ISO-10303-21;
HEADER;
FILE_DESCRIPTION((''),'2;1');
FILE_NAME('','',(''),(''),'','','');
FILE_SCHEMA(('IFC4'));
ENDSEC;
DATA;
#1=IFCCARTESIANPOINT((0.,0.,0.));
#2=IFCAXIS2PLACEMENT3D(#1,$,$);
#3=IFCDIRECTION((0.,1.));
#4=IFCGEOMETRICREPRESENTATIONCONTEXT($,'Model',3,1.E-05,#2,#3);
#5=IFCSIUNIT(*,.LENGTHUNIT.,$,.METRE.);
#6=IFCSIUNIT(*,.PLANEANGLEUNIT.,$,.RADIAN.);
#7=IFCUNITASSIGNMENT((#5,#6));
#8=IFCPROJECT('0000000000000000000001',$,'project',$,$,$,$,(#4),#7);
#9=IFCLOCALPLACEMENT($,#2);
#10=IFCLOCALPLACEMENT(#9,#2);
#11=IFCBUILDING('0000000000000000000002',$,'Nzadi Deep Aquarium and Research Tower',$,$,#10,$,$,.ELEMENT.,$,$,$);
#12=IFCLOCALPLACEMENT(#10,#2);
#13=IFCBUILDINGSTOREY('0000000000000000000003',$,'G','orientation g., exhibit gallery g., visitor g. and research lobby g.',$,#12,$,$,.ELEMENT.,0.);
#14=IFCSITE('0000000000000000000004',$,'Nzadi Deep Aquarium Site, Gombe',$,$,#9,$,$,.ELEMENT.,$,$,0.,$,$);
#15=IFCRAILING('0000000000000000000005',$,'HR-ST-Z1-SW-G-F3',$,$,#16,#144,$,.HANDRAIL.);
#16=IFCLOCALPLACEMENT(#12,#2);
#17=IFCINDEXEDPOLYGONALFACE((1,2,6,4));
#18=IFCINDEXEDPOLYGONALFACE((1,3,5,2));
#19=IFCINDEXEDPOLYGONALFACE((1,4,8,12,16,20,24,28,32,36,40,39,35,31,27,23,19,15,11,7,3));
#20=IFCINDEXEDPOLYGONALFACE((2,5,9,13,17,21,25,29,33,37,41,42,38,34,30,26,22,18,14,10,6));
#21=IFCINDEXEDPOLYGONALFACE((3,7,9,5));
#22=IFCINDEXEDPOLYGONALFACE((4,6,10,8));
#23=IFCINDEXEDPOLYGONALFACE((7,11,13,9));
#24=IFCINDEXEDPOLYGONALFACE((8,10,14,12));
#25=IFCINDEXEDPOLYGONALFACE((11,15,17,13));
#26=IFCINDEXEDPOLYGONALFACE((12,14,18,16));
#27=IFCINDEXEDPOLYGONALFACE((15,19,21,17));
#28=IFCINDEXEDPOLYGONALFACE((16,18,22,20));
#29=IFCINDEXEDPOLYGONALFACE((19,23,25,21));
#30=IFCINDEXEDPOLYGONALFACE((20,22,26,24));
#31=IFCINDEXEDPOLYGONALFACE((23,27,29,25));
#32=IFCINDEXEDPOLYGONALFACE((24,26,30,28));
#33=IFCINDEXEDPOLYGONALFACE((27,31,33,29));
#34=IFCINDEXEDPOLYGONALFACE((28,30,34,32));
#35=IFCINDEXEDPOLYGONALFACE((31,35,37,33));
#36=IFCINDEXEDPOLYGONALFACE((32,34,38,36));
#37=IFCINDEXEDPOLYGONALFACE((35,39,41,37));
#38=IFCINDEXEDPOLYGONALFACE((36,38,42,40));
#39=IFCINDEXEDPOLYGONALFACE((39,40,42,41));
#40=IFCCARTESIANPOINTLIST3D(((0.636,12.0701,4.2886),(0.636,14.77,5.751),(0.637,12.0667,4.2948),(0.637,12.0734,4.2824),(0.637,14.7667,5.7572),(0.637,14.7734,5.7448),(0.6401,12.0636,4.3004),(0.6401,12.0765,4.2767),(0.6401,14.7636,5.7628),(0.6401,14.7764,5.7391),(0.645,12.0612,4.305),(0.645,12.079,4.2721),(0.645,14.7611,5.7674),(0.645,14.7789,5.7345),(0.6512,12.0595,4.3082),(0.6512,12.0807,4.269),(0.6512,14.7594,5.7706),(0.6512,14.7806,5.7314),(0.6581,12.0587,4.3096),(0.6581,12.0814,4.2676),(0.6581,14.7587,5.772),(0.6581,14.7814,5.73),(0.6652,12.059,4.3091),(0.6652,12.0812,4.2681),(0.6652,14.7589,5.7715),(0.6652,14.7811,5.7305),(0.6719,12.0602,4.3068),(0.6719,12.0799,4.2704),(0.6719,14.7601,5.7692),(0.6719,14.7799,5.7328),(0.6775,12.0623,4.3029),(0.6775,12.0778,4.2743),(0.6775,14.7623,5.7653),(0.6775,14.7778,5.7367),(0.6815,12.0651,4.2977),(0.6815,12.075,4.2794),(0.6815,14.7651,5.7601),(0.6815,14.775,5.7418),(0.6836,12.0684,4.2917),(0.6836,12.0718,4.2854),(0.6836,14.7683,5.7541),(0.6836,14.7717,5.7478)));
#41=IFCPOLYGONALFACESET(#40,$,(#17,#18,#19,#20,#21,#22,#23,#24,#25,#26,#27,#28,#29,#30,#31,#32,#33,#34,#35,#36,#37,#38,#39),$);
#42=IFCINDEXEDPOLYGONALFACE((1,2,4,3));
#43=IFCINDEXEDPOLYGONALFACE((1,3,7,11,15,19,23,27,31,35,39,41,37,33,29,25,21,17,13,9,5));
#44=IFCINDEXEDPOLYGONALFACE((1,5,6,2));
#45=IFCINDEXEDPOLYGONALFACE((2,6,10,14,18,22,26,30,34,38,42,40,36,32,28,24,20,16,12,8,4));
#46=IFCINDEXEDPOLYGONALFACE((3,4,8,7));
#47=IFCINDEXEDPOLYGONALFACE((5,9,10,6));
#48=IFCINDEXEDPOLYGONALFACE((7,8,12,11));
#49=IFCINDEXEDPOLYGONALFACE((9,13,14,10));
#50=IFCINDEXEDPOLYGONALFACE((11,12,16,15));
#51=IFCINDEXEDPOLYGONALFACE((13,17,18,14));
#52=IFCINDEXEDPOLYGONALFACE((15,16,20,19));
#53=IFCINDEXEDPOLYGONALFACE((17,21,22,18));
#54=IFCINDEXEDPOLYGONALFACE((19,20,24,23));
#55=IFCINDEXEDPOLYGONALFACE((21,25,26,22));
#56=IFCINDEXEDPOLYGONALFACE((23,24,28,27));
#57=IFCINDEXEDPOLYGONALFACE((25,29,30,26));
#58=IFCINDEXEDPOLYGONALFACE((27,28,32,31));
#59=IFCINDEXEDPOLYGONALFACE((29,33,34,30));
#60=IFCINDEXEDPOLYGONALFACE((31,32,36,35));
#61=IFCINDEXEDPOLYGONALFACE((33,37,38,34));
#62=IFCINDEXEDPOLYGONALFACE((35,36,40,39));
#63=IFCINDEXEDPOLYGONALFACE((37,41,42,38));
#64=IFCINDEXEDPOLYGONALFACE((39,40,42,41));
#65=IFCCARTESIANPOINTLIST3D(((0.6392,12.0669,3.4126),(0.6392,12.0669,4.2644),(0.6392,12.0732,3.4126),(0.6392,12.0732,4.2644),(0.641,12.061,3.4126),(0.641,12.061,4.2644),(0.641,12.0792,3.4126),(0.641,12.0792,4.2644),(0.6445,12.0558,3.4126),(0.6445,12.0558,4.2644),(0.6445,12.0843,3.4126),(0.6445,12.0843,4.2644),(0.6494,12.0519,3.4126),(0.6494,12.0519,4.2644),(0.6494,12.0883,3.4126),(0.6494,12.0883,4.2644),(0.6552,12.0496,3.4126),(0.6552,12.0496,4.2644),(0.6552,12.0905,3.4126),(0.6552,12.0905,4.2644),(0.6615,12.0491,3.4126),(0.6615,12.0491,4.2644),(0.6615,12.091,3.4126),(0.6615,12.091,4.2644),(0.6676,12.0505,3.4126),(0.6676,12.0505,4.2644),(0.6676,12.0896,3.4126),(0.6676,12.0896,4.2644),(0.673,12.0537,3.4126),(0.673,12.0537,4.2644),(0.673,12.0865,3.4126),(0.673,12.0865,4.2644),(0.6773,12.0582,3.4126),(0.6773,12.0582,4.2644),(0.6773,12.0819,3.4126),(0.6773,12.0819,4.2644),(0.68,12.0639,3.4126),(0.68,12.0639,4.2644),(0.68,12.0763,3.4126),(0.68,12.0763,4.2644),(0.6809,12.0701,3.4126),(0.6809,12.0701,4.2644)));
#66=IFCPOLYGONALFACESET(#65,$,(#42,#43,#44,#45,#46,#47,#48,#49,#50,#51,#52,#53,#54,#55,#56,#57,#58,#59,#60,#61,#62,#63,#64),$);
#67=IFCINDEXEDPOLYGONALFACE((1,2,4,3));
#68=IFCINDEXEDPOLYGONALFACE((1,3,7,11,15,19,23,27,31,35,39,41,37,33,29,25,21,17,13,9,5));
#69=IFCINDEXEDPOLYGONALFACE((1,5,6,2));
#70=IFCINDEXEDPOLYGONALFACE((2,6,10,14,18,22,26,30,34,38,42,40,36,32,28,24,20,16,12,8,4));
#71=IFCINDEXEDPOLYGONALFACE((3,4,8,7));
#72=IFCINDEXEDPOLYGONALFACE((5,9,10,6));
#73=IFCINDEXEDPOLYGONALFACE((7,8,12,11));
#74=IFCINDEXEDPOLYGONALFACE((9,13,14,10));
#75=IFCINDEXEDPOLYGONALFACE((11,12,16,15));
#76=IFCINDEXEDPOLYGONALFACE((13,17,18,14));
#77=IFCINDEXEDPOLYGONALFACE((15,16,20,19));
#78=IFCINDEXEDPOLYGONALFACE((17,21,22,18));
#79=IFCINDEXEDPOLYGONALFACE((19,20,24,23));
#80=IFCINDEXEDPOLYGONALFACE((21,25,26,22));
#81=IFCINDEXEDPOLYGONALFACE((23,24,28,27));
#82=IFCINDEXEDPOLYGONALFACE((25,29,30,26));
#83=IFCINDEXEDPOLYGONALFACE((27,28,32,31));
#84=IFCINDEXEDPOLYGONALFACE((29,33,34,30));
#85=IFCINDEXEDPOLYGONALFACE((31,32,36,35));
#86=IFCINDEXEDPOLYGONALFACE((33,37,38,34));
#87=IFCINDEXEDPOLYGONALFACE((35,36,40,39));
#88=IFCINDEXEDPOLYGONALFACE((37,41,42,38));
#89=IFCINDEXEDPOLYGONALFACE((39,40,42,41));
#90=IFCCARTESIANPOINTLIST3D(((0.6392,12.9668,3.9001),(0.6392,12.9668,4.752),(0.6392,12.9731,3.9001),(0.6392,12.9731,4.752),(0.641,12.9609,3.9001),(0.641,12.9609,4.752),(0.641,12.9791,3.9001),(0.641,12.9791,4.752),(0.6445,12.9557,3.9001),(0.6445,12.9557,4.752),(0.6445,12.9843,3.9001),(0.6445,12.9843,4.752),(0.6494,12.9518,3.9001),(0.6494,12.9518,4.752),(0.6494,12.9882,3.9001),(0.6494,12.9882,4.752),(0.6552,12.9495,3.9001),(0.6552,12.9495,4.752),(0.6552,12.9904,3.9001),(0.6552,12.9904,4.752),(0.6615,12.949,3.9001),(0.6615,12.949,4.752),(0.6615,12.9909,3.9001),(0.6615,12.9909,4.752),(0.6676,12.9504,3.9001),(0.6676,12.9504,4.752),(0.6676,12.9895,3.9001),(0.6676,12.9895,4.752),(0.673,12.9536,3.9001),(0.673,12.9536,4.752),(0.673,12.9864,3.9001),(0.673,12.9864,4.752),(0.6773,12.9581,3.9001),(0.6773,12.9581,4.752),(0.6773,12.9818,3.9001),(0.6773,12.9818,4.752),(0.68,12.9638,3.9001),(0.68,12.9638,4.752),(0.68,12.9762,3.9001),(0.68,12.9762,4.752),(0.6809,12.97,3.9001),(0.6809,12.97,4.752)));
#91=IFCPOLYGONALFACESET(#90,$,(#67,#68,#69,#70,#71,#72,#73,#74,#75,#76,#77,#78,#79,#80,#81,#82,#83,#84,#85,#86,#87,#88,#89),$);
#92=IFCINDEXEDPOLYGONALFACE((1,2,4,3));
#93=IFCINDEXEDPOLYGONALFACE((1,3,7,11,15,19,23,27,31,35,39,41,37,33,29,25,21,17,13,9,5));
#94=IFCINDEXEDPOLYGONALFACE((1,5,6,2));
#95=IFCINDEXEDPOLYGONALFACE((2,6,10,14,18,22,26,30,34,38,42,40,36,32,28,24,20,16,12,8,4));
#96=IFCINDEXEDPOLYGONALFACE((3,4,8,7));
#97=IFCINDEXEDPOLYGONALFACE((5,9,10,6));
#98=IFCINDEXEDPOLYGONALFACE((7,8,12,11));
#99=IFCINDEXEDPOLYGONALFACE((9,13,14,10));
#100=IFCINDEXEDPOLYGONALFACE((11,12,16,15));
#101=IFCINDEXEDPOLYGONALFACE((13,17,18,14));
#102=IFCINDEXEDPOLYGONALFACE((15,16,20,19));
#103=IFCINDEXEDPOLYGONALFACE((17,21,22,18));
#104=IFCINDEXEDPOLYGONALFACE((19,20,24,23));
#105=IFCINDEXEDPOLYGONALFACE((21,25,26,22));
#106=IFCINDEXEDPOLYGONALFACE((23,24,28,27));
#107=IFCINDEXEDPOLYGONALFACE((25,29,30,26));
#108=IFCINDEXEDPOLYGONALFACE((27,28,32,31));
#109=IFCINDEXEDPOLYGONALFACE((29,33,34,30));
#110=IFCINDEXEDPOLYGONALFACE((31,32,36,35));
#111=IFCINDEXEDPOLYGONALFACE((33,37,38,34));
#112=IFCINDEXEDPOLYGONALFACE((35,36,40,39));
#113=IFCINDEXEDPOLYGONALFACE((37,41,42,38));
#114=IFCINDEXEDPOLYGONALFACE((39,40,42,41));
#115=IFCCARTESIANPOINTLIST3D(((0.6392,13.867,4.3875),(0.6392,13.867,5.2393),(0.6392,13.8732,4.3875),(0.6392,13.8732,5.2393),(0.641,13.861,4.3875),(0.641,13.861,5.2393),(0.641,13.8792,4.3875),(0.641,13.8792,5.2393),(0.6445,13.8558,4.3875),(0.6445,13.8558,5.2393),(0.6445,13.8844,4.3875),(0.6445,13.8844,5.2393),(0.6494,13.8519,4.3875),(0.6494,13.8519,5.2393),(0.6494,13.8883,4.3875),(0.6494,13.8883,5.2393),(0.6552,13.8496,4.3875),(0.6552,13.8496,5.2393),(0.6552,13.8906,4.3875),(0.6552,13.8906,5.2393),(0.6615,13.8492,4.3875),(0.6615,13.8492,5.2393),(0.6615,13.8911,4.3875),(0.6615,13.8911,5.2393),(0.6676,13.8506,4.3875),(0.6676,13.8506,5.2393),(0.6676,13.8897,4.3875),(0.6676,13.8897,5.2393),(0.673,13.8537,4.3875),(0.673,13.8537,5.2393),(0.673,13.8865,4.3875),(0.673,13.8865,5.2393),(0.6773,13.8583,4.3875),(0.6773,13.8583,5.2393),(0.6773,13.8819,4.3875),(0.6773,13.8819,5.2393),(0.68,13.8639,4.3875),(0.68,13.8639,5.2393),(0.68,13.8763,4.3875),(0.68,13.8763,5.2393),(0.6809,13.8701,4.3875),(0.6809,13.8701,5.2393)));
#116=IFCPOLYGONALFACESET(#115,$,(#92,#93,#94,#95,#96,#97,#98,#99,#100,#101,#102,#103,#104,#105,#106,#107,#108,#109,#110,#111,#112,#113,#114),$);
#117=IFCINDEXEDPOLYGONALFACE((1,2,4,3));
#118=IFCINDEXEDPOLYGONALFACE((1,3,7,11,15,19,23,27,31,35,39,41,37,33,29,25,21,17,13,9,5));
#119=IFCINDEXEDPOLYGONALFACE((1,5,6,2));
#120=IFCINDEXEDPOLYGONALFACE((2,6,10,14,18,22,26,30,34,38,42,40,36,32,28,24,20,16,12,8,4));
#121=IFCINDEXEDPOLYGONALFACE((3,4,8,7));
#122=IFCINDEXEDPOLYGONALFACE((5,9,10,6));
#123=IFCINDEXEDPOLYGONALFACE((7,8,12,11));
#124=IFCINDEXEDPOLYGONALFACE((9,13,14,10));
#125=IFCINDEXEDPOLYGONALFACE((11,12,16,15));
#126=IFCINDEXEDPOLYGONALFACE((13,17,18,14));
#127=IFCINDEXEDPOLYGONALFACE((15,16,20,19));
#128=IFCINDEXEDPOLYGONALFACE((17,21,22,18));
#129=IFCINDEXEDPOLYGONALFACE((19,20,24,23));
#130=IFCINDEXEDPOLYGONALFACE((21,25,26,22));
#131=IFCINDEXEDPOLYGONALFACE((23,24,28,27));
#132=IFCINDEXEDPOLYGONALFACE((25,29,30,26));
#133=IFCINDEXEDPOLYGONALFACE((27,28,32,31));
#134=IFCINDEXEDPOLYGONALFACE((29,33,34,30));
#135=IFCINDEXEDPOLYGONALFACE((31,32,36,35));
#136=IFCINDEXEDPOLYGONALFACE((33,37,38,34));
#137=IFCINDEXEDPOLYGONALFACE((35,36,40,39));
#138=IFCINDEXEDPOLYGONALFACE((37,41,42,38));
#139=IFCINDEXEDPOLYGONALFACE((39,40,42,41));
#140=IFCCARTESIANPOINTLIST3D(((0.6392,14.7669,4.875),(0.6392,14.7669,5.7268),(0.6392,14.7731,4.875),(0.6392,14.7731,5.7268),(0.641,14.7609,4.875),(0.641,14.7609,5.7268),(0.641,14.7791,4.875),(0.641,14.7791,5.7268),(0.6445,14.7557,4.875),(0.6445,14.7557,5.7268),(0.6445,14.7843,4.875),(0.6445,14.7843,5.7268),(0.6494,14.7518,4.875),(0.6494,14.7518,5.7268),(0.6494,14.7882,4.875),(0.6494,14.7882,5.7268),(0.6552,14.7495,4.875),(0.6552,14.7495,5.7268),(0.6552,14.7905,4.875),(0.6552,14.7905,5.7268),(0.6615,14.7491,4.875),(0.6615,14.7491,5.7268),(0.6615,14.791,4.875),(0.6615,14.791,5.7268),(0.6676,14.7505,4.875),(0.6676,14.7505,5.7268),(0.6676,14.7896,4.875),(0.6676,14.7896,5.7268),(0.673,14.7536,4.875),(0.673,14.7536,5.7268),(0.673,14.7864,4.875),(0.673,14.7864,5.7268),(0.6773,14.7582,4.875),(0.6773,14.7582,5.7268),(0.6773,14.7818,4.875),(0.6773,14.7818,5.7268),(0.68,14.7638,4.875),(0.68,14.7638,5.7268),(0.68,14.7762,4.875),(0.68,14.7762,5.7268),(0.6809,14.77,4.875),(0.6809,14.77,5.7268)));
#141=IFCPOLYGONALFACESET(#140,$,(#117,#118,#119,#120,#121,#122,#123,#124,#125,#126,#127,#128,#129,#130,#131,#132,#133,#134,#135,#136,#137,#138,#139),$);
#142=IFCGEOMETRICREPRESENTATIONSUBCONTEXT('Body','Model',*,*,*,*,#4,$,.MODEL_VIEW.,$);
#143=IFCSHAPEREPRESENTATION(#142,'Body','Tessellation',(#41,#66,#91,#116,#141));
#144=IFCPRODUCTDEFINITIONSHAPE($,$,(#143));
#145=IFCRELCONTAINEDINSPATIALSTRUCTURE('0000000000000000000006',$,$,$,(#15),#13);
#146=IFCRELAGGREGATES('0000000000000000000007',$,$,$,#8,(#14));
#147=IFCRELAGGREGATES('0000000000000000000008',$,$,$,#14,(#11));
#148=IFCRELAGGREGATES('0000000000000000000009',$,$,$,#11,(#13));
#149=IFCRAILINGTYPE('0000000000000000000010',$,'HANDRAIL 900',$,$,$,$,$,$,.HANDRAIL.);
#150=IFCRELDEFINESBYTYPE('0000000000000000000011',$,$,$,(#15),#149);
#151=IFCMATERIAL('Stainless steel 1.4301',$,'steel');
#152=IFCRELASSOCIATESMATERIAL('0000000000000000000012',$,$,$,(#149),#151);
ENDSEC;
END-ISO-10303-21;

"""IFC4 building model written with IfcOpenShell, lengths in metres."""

from ifc_helpers import new_model, si_unit, direction, frame, origin, origin_2d, place, context, subcontext, project, spatial, circle, extrude, material, type_object, element, save


model = new_model("IFC4")

# Units and contexts
model_context = context("Model", 3, precision=1e-05, world=origin(), true_north=direction((0.0, 1.0)))
body_context = subcontext(model_context, "Body", "Model", "MODEL_VIEW")
ifc_project = project(units=[si_unit("LENGTHUNIT", "METRE"), si_unit("PLANEANGLEUNIT", "RADIAN")], contexts=[model_context])

# Site, building, storey
site_placement = place(None, origin())
site = spatial("IfcSite", under=ifc_project, at=site_placement, Name="Nzadi Deep Aquarium Site, Gombe", CompositionType="ELEMENT", RefElevation=0.0)
building_placement = place(site_placement, origin())
building = spatial("IfcBuilding", under=site, at=building_placement, Name="Nzadi Deep Aquarium and Research Tower", CompositionType="ELEMENT")
storey_placement = place(building_placement, origin())
storey = spatial("IfcBuildingStorey", under=building, at=storey_placement, Name="G", Description="orientation g., exhibit gallery g., visitor g. and research lobby g.", CompositionType="ELEMENT", Elevation=0.0)

# Railing
ifc_material_1 = material(Name="Stainless steel 1.4301", Category="steel")
railing_type = type_object("IfcRailingType", Name="HANDRAIL 900", PredefinedType="HANDRAIL", material=ifc_material_1)
for number, where, name in (
    (1, (0.6599, 12.0701, 3.4126), "HR-ST-Z1-SW-G-F3"),
):
    element("IfcRailing", number, at=place(storey_placement, frame(where)), inside=storey, type_object=railing_type, Name=name, PredefinedType="HANDRAIL", context=body_context, shape_type="SweptSolid", body=[
        extrude(circle(Radius=0.0239, at=origin_2d()), frame((0.0, 0.0, 0.876), z_axis=(0.0, 0.879302, 0.476265), x_axis=(-1.0, 0.0, 0.0)), (0.0, 0.0, 1.0), 3.0706),
        extrude(circle(Radius=0.021, at=origin_2d()), origin(), (0.0, 0.0, 1.0), 0.8518),
        extrude(circle(Radius=0.021, at=origin_2d()), frame((0.0, 0.8999, 0.4875)), (0.0, 0.0, 1.0), 0.8518),
        extrude(circle(Radius=0.021, at=origin_2d()), frame((0.0, 1.8, 0.9749)), (0.0, 0.0, 1.0), 0.8518),
        extrude(circle(Radius=0.021, at=origin_2d()), frame((0.0, 2.7, 1.4624)), (0.0, 0.0, 1.0), 0.8518),
    ])

save(model, "model.ifc")
